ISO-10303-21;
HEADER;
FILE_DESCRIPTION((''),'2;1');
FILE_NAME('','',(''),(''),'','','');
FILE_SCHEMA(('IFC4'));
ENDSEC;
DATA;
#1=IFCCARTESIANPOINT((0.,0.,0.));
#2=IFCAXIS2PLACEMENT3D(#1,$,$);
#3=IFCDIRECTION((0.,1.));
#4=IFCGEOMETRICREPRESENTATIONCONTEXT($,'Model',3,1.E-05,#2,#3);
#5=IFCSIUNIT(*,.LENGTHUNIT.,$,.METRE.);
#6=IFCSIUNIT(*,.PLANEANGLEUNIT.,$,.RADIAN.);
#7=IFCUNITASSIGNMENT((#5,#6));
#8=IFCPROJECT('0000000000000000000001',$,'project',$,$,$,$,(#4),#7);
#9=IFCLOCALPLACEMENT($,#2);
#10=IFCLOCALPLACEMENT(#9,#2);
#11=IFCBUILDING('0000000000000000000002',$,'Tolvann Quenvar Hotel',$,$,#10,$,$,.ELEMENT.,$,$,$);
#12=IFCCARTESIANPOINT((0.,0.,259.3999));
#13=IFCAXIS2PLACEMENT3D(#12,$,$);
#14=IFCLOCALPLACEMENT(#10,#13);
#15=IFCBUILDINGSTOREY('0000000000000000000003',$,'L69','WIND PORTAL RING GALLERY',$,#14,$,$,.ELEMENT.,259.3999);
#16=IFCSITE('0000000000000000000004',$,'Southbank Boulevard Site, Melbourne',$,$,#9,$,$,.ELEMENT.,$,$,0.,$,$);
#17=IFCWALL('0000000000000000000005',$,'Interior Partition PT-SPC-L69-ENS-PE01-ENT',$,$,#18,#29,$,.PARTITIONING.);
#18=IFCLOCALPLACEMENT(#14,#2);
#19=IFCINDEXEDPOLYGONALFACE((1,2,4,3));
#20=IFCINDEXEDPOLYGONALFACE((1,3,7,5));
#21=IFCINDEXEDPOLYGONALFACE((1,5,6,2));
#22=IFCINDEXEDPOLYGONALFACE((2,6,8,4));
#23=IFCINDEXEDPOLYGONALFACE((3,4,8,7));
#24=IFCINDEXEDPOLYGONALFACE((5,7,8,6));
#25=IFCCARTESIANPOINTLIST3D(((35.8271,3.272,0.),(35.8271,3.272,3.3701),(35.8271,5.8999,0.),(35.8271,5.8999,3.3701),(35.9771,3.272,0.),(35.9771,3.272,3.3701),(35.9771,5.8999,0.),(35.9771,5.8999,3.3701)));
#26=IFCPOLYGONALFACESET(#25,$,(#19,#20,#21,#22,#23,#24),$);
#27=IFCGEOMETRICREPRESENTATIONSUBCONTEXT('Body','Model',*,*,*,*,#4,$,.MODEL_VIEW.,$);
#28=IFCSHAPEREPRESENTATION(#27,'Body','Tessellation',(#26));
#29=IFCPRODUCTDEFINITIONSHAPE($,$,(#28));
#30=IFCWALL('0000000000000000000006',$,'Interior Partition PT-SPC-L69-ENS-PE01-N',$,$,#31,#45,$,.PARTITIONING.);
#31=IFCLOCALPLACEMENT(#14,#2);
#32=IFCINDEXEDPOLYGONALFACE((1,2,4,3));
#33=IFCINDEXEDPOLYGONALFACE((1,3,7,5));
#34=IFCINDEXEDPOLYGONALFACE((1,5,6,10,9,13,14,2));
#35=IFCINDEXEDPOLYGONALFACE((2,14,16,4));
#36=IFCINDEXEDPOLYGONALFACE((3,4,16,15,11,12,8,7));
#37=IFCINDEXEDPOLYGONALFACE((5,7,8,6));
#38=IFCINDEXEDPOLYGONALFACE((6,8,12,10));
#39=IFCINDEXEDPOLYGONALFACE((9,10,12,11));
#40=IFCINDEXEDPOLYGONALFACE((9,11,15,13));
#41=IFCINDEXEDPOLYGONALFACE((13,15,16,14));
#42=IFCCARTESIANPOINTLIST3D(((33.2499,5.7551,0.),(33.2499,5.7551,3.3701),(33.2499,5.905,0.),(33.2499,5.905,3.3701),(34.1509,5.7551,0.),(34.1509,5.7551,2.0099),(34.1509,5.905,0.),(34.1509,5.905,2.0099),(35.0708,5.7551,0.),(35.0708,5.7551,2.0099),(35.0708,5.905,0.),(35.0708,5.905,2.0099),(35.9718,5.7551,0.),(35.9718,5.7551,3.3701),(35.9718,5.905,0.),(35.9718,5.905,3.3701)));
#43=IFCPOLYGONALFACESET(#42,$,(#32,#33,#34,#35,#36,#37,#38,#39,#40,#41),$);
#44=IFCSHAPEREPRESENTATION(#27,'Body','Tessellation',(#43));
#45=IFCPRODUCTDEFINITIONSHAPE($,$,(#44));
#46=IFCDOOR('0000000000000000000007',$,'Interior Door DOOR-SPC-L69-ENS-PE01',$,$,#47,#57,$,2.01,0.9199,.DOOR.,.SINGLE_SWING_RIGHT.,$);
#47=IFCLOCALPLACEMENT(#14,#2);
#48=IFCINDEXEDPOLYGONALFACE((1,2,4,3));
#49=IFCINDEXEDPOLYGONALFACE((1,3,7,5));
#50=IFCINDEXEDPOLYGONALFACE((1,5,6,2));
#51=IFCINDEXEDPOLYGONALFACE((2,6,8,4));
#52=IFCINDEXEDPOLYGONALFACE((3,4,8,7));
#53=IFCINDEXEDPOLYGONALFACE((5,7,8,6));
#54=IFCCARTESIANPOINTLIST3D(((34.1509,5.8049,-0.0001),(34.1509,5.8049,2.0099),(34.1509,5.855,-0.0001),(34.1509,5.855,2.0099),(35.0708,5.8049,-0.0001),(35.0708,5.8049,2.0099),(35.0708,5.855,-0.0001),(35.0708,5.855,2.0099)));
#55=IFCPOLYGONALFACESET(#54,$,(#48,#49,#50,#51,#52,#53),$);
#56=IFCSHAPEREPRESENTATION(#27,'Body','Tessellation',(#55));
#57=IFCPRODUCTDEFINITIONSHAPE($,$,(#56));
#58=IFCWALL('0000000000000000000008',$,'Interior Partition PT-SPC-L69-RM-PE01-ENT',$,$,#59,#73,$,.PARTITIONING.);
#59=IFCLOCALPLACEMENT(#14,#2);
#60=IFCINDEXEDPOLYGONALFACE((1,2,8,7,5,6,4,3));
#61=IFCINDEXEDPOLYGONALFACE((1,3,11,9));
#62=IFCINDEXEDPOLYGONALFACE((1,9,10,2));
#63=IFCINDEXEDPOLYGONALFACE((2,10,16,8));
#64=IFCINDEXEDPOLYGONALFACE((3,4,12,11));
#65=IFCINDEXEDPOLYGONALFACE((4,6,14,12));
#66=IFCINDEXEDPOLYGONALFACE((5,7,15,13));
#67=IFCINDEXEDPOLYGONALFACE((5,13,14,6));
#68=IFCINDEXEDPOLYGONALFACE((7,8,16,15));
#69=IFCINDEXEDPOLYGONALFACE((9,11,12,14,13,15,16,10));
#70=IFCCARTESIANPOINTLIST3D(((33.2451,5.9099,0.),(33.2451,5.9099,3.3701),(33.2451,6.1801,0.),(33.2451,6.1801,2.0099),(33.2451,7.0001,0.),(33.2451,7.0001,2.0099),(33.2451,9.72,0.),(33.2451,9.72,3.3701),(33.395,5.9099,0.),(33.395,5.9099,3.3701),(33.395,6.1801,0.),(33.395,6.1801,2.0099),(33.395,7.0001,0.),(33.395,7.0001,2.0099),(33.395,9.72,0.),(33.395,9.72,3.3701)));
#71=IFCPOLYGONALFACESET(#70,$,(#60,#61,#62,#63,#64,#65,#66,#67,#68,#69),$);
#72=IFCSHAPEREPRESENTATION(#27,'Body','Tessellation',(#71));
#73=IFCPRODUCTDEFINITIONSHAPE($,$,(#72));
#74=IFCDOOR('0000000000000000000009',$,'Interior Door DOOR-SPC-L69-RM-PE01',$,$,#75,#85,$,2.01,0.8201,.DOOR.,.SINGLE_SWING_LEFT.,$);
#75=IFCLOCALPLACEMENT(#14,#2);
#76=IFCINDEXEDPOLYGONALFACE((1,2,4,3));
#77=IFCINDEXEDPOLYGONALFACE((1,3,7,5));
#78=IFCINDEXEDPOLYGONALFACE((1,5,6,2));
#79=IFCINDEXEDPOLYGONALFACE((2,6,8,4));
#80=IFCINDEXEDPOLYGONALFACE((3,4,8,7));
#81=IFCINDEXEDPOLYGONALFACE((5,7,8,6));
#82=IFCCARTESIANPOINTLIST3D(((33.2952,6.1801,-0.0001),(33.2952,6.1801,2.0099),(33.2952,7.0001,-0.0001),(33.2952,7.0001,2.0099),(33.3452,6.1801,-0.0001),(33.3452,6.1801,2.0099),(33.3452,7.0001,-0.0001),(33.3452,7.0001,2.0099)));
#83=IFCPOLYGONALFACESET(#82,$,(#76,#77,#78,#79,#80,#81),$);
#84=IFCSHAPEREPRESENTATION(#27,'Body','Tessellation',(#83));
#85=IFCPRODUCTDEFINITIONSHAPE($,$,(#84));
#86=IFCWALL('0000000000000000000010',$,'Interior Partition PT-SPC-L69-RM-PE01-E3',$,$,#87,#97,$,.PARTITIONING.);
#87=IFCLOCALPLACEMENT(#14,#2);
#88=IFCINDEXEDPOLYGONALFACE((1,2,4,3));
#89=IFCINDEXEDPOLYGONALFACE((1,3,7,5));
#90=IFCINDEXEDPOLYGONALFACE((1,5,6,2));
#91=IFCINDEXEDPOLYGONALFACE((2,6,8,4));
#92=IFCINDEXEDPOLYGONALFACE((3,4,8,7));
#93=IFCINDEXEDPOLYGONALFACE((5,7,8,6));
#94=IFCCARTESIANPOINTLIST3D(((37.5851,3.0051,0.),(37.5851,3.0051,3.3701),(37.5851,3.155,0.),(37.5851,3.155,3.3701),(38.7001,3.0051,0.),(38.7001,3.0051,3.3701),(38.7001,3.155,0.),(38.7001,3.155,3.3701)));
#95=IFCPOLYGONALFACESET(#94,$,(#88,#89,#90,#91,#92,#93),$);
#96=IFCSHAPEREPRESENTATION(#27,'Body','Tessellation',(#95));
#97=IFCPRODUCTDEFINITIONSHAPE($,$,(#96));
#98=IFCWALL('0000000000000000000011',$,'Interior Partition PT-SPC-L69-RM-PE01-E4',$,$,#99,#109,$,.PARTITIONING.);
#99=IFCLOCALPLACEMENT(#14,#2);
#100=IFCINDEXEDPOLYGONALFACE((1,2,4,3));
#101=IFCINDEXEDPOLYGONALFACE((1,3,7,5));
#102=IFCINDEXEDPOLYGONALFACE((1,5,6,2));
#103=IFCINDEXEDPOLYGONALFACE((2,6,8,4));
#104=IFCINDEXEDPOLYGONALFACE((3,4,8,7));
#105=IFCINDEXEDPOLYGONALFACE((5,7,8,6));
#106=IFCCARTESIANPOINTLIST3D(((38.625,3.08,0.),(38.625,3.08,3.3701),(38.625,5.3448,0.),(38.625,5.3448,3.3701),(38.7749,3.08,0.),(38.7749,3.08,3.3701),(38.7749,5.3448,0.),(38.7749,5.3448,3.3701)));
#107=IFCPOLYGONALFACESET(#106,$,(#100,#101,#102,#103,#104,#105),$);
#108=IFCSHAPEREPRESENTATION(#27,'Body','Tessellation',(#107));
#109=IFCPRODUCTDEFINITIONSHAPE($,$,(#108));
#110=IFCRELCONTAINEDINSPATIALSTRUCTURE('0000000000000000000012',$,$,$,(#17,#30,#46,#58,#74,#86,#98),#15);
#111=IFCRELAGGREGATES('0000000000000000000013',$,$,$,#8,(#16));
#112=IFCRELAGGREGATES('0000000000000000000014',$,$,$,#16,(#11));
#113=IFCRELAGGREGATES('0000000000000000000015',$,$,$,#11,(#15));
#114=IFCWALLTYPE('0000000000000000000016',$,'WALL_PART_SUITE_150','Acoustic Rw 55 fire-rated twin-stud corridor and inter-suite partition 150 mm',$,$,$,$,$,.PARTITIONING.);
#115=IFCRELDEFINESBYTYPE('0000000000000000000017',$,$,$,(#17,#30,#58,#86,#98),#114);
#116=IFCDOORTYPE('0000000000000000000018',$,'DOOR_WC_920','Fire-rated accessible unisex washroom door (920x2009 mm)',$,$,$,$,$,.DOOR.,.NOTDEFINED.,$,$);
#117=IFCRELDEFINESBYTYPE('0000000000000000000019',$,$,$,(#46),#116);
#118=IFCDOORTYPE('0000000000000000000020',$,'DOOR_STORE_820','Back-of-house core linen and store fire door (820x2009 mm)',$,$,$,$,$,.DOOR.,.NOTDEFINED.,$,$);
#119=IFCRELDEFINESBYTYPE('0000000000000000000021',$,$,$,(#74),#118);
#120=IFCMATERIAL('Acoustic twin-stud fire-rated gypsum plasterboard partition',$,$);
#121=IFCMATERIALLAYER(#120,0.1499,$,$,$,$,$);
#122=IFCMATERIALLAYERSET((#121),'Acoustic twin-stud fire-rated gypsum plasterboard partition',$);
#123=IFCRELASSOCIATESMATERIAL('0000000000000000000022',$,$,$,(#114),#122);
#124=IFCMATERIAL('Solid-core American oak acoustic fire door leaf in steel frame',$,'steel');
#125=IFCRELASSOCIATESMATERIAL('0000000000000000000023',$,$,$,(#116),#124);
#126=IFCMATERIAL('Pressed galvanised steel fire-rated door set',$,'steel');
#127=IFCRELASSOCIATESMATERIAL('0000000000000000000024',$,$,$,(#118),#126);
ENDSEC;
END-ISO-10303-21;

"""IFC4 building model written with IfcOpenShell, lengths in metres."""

from ifc_helpers import new_model, si_unit, direction, frame, frame_2d, origin, place, context, subcontext, project, spatial, rectangle, extrude, source, transform, mapped, material, layer, layer_set, type_object, type_shapes, element, fill, save


model = new_model("IFC4")

# Units and contexts
model_context = context("Model", 3, precision=1e-05, world=origin(), true_north=direction((0.0, 1.0)))
body_context = subcontext(model_context, "Body", "Model", "MODEL_VIEW")
ifc_project = project(units=[si_unit("LENGTHUNIT", "METRE"), si_unit("PLANEANGLEUNIT", "RADIAN")], contexts=[model_context])

# Site, building, storey
site_placement = place(None, origin())
site = spatial("IfcSite", under=ifc_project, at=site_placement, Name="Southbank Boulevard Site, Melbourne", CompositionType="ELEMENT", RefElevation=0.0)
building_placement = place(site_placement, origin())
building = spatial("IfcBuilding", under=site, at=building_placement, Name="Tolvann Quenvar Hotel", CompositionType="ELEMENT")
storey_placement = place(building_placement, frame((0.0, 0.0, 259.3999)))
storey = spatial("IfcBuildingStorey", under=building, at=storey_placement, Name="L69", Description="WIND PORTAL RING GALLERY", CompositionType="ELEMENT", Elevation=259.3999)

# Wall
ifc_material_1 = material(Name="Acoustic twin-stud fire-rated gypsum plasterboard partition")
ifc_layer_1 = layer(ifc_material_1, 0.1499)
ifc_layer_set_1 = layer_set([ifc_layer_1], Name="Acoustic twin-stud fire-rated gypsum plasterboard partition")
wall_type_1 = type_object("IfcWallType", Name="WALL_PART_SUITE_150", Description="Acoustic Rw 55 fire-rated twin-stud corridor and inter-suite partition 150 mm", PredefinedType="PARTITIONING", material=ifc_layer_set_1)
wall_1_placement = place(storey_placement, frame((35.9021, 3.272, 0.0), z_axis=(0.0, 0.0, 1.0), x_axis=(0.0, 1.0, 0.0)))
element("IfcWall", 1, at=wall_1_placement, inside=storey, type_object=wall_type_1, Name="Interior Partition PT-SPC-L69-ENS-PE01-ENT", PredefinedType="PARTITIONING", context=body_context, shape_type="SweptSolid", body=[
    extrude(rectangle(XDim=2.6279, YDim=0.1499, at=frame_2d((1.314, 0.0))), origin(), (0.0, 0.0, 1.0), 3.3701),
])

# Walls, openings, doors
wall_2_placement = place(storey_placement, frame((33.25, 5.8301, 0.0), z_axis=(0.0, 0.0, 1.0), x_axis=(1.0, 0.0, 0.0)))
wall_2 = element("IfcWall", 2, at=wall_2_placement, inside=storey, type_object=wall_type_1, Name="Interior Partition PT-SPC-L69-ENS-PE01-N", PredefinedType="PARTITIONING", context=body_context, shape_type="SweptSolid", body=[
    extrude(rectangle(XDim=2.7219, YDim=0.1499, at=frame_2d((1.3608, 0.0))), origin(), (0.0, 0.0, 1.0), 3.3701),
])
opening_1_placement = place(wall_2_placement, frame((0.9009, 0.0, 0.0)))
opening_1 = element("IfcOpeningElement", 3, at=opening_1_placement, cuts=wall_2, PredefinedType="OPENING", context=body_context, shape_type="SweptSolid", body=[
    extrude(rectangle(XDim=0.9199, YDim=2.01, at=frame_2d((0.46, 1.0049))), frame((0.0, 0.085, 0.0), z_axis=(0.0, -1.0, 0.0), x_axis=(1.0, 0.0, 0.0)), (0.0, 0.0, 1.0), 0.1699),
])
ifc_material_2 = material(Name="Solid-core American oak acoustic fire door leaf in steel frame", Category="steel")
door_type_1 = type_object("IfcDoorType", Name="DOOR_WC_920", Description="Fire-rated accessible unisex washroom door (920x2009 mm)", OperationType="NOTDEFINED", PredefinedType="DOOR", material=ifc_material_2)
shared_shape_1 = source(origin(), body_context, "Body", "SweptSolid", [
    extrude(rectangle(XDim=0.9199, YDim=2.01, at=frame_2d((0.46, 1.0049))), frame((0.0, 0.0249, 0.0), z_axis=(0.0, -1.0, 0.0), x_axis=(1.0, 0.0, 0.0)), (0.0, 0.0, 1.0), 0.05),
])
type_shapes(door_type_1, [shared_shape_1])
door_1_placement = place(opening_1_placement, origin())
door_1 = element("IfcDoor", 4, at=door_1_placement, inside=storey, type_object=door_type_1, Name="Interior Door DOOR-SPC-L69-ENS-PE01", OperationType="SINGLE_SWING_RIGHT", OverallHeight=2.01, OverallWidth=0.9199, PredefinedType="DOOR", context=body_context, shape_type="MappedRepresentation", body=[
    mapped(shared_shape_1, transform((0.0, 0.0, 0.0), x_axis=(1.0, 0.0, 0.0), y_axis=(0.0, 1.0, 0.0), z_axis=(0.0, 0.0, 1.0), scale=1.0)),
])
fill(opening_1, door_1)
wall_3_placement = place(storey_placement, frame((33.3201, 5.9099, 0.0), z_axis=(0.0, 0.0, 1.0), x_axis=(0.0, 1.0, 0.0)))
wall_3 = element("IfcWall", 5, at=wall_3_placement, inside=storey, type_object=wall_type_1, Name="Interior Partition PT-SPC-L69-RM-PE01-ENT", PredefinedType="PARTITIONING", context=body_context, shape_type="SweptSolid", body=[
    extrude(rectangle(XDim=3.8101, YDim=0.1499, at=frame_2d((1.905, 0.0))), origin(), (0.0, 0.0, 1.0), 3.3701),
])
opening_2_placement = place(wall_3_placement, frame((0.27, 0.0, 0.0)))
opening_2 = element("IfcOpeningElement", 6, at=opening_2_placement, cuts=wall_3, PredefinedType="OPENING", context=body_context, shape_type="SweptSolid", body=[
    extrude(rectangle(XDim=0.8201, YDim=2.01, at=frame_2d((0.4102, 1.0049))), frame((0.0, 0.085, 0.0), z_axis=(0.0, -1.0, 0.0), x_axis=(1.0, 0.0, 0.0)), (0.0, 0.0, 1.0), 0.1699),
])
ifc_material_3 = material(Name="Pressed galvanised steel fire-rated door set", Category="steel")
door_type_2 = type_object("IfcDoorType", Name="DOOR_STORE_820", Description="Back-of-house core linen and store fire door (820x2009 mm)", OperationType="NOTDEFINED", PredefinedType="DOOR", material=ifc_material_3)
shared_shape_2 = source(origin(), body_context, "Body", "SweptSolid", [
    extrude(rectangle(XDim=0.8201, YDim=2.01, at=frame_2d((0.4102, 1.0049))), frame((0.0, 0.0249, 0.0), z_axis=(0.0, -1.0, 0.0), x_axis=(1.0, 0.0, 0.0)), (0.0, 0.0, 1.0), 0.05),
])
type_shapes(door_type_2, [shared_shape_2])
door_2_placement = place(opening_2_placement, origin())
door_2 = element("IfcDoor", 7, at=door_2_placement, inside=storey, type_object=door_type_2, Name="Interior Door DOOR-SPC-L69-RM-PE01", OperationType="SINGLE_SWING_LEFT", OverallHeight=2.01, OverallWidth=0.8201, PredefinedType="DOOR", context=body_context, shape_type="MappedRepresentation", body=[
    mapped(shared_shape_2, transform((0.0, 0.0, 0.0), x_axis=(1.0, 0.0, 0.0), y_axis=(0.0, 1.0, 0.0), z_axis=(0.0, 0.0, 1.0), scale=1.0)),
])
fill(opening_2, door_2)

# Walls
wall_4_placement = place(storey_placement, frame((37.585, 3.0801, 0.0), z_axis=(0.0, 0.0, 1.0), x_axis=(1.0, 0.0, 0.0)))
element("IfcWall", 8, at=wall_4_placement, inside=storey, type_object=wall_type_1, Name="Interior Partition PT-SPC-L69-RM-PE01-E3", PredefinedType="PARTITIONING", context=body_context, shape_type="SweptSolid", body=[
    extrude(rectangle(XDim=1.115, YDim=0.1499, at=frame_2d((0.5576, 0.0))), origin(), (0.0, 0.0, 1.0), 3.3701),
])
wall_5_placement = place(storey_placement, frame((38.7, 3.0801, 0.0), z_axis=(0.0, 0.0, 1.0), x_axis=(0.0, 1.0, 0.0)))
element("IfcWall", 9, at=wall_5_placement, inside=storey, type_object=wall_type_1, Name="Interior Partition PT-SPC-L69-RM-PE01-E4", PredefinedType="PARTITIONING", context=body_context, shape_type="SweptSolid", body=[
    extrude(rectangle(XDim=2.2649, YDim=0.1499, at=frame_2d((1.1323, 0.0))), origin(), (0.0, 0.0, 1.0), 3.3701),
])

save(model, "model.ifc")
